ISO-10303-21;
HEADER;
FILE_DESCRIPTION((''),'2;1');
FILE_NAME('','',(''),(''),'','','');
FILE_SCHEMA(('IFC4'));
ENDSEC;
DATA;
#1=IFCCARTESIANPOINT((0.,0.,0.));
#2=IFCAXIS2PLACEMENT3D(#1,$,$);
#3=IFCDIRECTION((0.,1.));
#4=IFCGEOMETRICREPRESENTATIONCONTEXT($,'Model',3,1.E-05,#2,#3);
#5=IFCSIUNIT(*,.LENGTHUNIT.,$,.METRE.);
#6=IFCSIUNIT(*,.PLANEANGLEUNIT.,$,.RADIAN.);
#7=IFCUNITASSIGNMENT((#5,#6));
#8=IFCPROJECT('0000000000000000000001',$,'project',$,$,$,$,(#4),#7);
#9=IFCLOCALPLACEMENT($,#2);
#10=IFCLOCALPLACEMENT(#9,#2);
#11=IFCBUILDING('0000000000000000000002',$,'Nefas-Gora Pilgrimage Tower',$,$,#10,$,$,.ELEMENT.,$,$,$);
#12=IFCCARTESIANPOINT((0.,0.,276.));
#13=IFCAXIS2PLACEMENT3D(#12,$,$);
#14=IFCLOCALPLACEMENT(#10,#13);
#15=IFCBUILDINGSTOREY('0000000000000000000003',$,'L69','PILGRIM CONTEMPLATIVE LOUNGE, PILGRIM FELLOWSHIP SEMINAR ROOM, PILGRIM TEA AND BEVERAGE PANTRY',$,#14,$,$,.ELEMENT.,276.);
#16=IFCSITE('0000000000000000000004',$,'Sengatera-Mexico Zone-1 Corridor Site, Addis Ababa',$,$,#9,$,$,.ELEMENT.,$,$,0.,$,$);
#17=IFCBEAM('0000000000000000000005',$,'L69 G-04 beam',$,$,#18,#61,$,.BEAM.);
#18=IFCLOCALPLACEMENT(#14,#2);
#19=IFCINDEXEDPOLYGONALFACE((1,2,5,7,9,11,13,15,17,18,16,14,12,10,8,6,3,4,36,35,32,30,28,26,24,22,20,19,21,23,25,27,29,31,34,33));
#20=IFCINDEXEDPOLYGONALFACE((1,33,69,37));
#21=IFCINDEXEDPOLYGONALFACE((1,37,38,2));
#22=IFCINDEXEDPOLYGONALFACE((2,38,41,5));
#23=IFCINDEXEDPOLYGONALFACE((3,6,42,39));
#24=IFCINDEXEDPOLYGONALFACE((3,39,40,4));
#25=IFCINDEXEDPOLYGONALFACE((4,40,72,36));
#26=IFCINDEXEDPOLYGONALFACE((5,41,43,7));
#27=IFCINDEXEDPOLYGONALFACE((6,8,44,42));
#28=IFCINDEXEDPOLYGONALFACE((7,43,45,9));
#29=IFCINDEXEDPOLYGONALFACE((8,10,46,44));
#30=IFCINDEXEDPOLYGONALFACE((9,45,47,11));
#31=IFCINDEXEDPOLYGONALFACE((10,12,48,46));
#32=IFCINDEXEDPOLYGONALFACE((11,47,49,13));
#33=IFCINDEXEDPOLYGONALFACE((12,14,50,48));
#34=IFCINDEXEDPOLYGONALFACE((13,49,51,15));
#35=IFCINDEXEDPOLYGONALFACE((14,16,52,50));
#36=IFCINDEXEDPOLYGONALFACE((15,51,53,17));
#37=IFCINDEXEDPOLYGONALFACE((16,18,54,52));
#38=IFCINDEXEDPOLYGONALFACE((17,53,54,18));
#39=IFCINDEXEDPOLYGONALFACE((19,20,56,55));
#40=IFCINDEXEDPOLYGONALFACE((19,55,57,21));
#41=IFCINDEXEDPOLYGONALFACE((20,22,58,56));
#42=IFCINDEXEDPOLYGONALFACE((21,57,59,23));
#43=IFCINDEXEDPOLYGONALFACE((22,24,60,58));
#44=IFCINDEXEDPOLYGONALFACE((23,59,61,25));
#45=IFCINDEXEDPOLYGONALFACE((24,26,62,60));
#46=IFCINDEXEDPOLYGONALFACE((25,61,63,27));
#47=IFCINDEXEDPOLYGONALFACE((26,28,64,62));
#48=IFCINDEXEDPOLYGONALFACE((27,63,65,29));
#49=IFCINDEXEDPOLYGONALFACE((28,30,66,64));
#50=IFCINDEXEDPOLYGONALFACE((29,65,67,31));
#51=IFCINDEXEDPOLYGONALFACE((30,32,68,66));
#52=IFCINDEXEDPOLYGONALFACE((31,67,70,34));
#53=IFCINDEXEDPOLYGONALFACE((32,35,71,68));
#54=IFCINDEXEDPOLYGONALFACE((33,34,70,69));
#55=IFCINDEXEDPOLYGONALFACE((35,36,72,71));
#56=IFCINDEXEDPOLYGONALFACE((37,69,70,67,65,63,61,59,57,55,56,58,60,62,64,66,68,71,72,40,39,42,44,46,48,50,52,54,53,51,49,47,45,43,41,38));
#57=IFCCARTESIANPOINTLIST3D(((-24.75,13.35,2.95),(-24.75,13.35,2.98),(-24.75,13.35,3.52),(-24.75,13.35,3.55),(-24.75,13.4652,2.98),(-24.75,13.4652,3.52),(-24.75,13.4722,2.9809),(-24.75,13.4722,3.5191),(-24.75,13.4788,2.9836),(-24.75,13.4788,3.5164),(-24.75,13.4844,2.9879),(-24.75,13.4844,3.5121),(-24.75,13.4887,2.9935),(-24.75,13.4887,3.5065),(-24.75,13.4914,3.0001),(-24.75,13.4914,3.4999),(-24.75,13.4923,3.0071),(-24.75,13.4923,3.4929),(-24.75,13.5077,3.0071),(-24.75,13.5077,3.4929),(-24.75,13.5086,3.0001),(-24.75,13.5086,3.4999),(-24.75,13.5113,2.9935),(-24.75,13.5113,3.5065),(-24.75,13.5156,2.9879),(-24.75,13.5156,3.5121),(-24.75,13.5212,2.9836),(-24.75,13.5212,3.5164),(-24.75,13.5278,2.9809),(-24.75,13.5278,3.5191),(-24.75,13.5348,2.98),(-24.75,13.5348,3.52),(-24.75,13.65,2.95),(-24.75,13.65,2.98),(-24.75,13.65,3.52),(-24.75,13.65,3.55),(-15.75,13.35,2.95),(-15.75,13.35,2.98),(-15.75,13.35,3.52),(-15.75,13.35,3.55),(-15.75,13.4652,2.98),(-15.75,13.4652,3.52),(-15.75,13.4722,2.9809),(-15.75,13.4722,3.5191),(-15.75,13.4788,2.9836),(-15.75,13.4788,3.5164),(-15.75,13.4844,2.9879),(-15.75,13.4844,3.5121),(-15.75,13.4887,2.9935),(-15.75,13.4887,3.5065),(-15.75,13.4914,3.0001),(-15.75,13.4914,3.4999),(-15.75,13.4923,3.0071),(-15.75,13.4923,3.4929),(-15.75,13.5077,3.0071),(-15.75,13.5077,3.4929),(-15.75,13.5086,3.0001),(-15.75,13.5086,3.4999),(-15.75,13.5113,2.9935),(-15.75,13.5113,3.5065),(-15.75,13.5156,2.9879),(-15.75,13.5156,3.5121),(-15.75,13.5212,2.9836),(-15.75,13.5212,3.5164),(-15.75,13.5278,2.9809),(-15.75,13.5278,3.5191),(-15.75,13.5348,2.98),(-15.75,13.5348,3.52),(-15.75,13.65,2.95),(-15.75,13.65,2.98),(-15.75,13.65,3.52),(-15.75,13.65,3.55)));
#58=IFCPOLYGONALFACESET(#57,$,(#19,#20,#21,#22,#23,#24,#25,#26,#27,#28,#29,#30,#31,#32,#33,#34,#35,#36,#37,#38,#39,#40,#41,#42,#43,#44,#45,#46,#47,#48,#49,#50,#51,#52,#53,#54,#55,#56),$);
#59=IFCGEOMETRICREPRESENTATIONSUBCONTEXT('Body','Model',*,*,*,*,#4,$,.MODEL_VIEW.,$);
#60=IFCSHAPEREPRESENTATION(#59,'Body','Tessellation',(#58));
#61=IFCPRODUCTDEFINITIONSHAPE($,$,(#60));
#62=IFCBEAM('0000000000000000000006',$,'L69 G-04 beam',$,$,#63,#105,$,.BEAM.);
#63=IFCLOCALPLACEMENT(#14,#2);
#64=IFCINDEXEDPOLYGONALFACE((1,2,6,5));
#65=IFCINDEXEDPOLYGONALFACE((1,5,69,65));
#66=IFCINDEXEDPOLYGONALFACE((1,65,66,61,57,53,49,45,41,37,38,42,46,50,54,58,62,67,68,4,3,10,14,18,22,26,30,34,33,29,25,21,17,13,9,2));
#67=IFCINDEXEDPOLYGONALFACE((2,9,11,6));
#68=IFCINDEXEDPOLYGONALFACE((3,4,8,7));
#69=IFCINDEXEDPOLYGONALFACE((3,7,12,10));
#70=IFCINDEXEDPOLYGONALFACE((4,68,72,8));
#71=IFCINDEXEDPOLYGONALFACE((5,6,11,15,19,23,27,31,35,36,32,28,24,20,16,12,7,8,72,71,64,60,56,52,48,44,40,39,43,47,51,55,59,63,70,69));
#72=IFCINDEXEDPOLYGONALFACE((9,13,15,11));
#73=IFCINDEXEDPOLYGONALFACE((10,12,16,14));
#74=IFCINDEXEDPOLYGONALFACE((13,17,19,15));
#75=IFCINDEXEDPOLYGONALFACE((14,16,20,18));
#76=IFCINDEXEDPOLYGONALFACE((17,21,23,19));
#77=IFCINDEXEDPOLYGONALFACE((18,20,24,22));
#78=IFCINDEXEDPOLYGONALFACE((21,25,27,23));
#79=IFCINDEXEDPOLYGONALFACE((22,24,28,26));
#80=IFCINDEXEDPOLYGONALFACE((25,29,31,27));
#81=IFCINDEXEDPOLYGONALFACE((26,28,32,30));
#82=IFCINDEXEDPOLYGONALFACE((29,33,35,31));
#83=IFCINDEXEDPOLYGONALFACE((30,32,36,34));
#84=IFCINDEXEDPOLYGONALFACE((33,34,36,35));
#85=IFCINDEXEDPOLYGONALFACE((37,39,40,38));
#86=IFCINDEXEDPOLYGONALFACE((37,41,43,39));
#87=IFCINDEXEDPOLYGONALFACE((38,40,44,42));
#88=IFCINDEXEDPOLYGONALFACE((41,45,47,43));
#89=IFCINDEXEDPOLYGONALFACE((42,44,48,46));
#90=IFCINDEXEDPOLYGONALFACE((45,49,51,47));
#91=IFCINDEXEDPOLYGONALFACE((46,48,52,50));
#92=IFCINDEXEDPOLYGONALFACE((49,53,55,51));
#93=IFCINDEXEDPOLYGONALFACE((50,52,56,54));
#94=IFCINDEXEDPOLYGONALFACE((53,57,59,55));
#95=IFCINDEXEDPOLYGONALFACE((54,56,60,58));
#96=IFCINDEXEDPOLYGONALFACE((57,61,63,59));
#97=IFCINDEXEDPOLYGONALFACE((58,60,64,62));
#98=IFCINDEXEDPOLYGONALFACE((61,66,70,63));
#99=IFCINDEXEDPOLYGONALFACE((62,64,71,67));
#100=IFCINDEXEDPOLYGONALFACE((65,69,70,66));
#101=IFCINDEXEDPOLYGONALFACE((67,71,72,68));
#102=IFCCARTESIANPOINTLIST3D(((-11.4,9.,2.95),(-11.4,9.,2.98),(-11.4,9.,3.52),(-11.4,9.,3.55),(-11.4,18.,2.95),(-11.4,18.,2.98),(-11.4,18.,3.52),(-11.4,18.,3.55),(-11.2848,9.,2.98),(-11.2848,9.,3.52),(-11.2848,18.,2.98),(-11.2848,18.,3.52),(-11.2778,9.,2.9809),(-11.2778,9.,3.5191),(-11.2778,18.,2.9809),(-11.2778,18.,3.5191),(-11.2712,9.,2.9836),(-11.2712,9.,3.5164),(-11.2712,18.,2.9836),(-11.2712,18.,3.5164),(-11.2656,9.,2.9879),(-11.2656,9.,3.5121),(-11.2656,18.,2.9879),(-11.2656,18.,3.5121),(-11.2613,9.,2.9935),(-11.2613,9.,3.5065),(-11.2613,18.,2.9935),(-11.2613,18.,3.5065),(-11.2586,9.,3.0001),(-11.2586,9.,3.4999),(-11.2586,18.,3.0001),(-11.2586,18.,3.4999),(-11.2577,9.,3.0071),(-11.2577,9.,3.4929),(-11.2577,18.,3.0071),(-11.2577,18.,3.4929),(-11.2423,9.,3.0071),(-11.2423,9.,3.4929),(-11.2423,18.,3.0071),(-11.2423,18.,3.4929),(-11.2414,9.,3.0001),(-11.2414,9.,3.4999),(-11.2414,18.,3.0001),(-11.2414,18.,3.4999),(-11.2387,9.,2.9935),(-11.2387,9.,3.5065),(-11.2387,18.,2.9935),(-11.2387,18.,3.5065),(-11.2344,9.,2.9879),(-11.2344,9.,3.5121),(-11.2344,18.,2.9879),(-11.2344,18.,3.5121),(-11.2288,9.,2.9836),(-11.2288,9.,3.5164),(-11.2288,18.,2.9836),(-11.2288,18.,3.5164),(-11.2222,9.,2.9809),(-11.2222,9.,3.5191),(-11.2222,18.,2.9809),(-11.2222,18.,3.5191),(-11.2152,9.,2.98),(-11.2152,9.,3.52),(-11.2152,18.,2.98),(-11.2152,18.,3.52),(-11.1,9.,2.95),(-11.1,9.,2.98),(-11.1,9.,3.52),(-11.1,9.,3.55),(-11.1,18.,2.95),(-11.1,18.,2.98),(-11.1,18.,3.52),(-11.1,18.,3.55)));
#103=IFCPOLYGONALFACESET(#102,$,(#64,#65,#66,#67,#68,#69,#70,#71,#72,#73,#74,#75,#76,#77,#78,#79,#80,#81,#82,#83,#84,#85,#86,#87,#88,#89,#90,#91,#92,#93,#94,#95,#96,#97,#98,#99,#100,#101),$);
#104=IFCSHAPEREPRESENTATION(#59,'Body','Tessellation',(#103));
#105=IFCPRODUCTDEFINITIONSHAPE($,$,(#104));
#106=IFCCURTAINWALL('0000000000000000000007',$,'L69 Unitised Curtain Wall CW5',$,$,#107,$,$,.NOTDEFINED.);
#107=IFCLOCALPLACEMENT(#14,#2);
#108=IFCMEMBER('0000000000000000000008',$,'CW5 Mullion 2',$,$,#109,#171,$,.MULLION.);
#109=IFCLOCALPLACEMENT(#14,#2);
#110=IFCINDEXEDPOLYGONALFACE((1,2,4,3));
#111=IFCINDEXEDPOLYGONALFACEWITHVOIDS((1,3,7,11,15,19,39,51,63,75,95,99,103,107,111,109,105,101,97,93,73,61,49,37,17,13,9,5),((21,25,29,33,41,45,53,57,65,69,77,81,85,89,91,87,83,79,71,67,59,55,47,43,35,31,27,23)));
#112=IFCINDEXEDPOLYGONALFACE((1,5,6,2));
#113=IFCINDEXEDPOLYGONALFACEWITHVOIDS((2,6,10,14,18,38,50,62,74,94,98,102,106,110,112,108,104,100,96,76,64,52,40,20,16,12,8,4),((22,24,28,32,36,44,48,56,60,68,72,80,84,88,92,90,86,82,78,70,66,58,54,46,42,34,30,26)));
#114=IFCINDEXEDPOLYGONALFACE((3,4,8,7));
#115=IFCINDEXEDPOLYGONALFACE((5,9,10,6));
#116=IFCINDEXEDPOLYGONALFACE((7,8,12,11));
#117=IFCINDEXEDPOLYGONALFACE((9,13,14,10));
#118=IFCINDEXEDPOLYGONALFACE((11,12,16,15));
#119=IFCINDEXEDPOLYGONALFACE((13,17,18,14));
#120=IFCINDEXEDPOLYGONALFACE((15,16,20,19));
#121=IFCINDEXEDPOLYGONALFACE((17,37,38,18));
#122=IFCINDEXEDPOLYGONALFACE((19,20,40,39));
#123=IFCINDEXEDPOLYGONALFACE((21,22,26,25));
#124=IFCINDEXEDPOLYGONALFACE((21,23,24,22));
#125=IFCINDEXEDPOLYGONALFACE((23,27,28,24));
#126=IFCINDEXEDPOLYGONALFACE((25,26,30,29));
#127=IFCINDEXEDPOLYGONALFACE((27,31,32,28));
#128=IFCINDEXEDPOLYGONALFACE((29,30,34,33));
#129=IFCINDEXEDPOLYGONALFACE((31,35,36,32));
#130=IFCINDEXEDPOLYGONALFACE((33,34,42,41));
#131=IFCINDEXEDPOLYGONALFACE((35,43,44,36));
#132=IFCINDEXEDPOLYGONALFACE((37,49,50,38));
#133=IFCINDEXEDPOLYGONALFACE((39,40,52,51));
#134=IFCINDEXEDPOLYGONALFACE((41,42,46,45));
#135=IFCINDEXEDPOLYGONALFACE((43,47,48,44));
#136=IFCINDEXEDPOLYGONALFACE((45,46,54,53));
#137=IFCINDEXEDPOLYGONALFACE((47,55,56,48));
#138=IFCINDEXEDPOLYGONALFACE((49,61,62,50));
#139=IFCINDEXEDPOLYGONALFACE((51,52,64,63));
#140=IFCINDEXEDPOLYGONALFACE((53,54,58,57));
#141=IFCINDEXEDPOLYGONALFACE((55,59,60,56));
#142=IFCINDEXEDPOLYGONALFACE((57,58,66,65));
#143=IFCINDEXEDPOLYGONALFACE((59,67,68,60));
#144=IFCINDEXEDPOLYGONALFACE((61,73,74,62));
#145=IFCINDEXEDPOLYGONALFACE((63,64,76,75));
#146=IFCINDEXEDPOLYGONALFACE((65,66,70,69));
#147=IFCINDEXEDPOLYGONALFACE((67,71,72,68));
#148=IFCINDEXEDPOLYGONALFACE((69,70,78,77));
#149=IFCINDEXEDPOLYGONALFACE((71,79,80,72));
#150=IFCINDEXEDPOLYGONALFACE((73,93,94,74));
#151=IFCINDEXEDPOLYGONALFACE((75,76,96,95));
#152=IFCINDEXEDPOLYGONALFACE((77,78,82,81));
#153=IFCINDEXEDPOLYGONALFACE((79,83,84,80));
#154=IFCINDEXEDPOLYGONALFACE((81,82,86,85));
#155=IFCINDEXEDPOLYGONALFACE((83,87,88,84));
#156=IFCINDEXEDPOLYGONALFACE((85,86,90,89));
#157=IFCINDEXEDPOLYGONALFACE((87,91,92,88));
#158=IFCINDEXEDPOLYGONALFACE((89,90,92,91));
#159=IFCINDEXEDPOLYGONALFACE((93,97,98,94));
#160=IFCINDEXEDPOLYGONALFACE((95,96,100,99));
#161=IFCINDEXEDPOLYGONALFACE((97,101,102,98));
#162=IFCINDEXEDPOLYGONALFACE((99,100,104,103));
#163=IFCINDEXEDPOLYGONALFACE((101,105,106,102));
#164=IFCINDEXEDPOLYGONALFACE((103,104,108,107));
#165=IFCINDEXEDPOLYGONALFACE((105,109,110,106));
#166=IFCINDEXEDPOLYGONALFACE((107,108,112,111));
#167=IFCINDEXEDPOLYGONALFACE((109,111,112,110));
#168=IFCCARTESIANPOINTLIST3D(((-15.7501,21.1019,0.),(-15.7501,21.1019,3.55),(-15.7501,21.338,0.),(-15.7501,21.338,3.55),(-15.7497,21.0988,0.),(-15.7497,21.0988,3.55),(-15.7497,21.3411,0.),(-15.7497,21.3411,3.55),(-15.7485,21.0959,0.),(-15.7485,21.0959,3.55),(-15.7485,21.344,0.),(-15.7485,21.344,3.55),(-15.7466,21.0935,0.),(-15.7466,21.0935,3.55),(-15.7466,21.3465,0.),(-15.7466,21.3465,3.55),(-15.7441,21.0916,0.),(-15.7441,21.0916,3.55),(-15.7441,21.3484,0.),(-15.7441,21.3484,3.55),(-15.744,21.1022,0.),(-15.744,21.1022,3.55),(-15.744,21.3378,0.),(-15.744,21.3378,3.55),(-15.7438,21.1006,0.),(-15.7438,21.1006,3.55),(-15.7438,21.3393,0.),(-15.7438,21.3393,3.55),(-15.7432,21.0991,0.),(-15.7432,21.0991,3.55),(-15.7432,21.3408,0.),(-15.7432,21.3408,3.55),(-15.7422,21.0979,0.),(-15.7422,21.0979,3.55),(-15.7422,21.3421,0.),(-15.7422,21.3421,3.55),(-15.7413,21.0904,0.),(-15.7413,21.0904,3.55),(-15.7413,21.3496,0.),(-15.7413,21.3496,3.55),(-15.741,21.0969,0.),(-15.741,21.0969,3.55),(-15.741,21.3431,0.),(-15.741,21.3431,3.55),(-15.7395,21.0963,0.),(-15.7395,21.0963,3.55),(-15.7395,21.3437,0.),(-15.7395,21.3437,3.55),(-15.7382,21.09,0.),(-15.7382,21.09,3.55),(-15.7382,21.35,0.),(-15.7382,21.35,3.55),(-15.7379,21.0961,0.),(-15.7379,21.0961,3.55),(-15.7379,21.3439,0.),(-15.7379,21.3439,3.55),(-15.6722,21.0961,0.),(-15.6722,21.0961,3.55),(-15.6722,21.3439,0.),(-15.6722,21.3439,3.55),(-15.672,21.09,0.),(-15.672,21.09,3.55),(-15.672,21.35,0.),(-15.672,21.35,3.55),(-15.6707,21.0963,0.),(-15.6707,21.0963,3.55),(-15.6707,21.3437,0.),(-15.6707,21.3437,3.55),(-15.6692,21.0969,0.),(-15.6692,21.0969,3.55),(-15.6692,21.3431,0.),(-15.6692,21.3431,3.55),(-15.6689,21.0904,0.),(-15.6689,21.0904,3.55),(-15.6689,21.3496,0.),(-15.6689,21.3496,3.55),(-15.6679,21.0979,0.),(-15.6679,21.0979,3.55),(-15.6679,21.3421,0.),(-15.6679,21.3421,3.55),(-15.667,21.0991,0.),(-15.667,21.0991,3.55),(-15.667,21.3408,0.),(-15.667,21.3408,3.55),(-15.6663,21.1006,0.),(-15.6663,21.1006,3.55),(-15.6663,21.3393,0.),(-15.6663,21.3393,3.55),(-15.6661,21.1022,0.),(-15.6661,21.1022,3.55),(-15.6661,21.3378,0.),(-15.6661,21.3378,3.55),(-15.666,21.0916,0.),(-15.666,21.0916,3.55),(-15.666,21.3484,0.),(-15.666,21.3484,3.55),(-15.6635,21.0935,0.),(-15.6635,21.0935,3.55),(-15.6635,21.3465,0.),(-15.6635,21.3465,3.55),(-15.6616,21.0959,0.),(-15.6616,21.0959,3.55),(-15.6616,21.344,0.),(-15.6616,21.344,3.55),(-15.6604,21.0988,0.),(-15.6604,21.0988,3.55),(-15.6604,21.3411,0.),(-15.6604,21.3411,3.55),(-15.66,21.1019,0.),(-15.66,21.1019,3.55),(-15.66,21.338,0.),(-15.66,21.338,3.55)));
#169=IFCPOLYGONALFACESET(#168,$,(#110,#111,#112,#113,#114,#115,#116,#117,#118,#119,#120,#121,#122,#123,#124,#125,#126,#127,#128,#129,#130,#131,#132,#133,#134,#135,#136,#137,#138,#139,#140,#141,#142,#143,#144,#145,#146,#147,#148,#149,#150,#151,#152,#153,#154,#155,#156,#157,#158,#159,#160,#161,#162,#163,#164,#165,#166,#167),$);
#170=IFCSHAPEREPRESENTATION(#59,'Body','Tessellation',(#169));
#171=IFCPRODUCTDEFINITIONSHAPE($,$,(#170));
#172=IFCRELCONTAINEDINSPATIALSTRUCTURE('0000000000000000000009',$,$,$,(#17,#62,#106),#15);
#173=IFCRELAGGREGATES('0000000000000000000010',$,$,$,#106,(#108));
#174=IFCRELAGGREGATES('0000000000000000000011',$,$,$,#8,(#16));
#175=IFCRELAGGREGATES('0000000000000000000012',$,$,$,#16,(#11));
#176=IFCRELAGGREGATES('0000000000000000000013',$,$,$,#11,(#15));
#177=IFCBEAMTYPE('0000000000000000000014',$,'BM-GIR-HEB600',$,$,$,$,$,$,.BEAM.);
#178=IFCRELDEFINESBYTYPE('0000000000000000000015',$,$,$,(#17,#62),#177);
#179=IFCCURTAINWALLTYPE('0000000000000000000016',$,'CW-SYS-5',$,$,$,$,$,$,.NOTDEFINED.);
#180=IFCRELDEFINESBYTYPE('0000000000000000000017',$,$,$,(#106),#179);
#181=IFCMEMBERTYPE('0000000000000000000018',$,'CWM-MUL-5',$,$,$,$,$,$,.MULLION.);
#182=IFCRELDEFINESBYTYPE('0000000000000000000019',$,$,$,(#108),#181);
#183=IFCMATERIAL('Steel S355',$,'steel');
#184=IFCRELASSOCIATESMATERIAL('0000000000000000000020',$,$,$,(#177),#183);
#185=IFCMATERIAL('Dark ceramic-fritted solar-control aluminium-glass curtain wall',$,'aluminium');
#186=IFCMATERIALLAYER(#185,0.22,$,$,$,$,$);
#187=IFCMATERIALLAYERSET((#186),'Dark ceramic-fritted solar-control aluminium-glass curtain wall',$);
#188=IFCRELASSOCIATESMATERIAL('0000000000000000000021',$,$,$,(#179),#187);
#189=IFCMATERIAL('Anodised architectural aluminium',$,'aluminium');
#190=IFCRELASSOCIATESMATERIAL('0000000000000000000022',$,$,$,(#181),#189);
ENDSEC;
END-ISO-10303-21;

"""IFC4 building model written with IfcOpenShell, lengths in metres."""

from ifc_helpers import new_model, si_unit, direction, frame, origin, origin_2d, place, context, subcontext, project, spatial, hollow_rectangle, i_section, extrude, source, transform, mapped, material, layer, layer_set, material_profile, profile_set, type_object, element, aggregate, save


model = new_model("IFC4")

# Units and contexts
model_context = context("Model", 3, precision=1e-05, world=origin(), true_north=direction((0.0, 1.0)))
body_context = subcontext(model_context, "Body", "Model", "MODEL_VIEW")
ifc_project = project(units=[si_unit("LENGTHUNIT", "METRE"), si_unit("PLANEANGLEUNIT", "RADIAN")], contexts=[model_context])

# Site, building, storey
site_placement = place(None, origin())
site = spatial("IfcSite", under=ifc_project, at=site_placement, Name="Sengatera-Mexico Zone-1 Corridor Site, Addis Ababa", CompositionType="ELEMENT", RefElevation=0.0)
building_placement = place(site_placement, origin())
building = spatial("IfcBuilding", under=site, at=building_placement, Name="Nefas-Gora Pilgrimage Tower", CompositionType="ELEMENT")
storey_placement = place(building_placement, frame((0.0, 0.0, 276.0)))
storey = spatial("IfcBuildingStorey", under=building, at=storey_placement, Name="L69", Description="PILGRIM CONTEMPLATIVE LOUNGE, PILGRIM FELLOWSHIP SEMINAR ROOM, PILGRIM TEA AND BEVERAGE PANTRY", CompositionType="ELEMENT", Elevation=276.0)

# Shared definitions
ifc_material_1 = material(Name="Steel S355", Category="steel")

# Beams
ifc_material_profile_1 = material_profile(ifc_material_1, i_section(OverallWidth=0.3, OverallDepth=0.6001, WebThickness=0.0154, FlangeThickness=0.03, FilletRadius=0.0271, at=origin_2d()), Name="HEB 600")
ifc_profile_set_1 = profile_set([ifc_material_profile_1], Name="Steel S355")
beam_type = type_object("IfcBeamType", Name="BM-GIR-HEB600", PredefinedType="BEAM", material=ifc_profile_set_1)
shared_shape_1 = source(origin(), body_context, "Body", "SweptSolid", [
    extrude(i_section(OverallWidth=0.3, OverallDepth=0.6001, WebThickness=0.0154, FlangeThickness=0.03, FilletRadius=0.0271, at=origin_2d()), origin(), (0.0, 0.0, 1.0), 9.0),
])
for number, where, z_axis, x_axis, name in (
    (1, (-24.75, 13.5, 3.25), (1.0, 0.0, 0.0), (0.0, 1.0, 0.0), "L69 G-04 beam"),
    (2, (-11.25, 9.0, 3.25), (0.0, 1.0, 0.0), (-1.0, 0.0, 0.0), "L69 G-04 beam"),
):
    element("IfcBeam", number, at=place(storey_placement, frame(where, z_axis=z_axis, x_axis=x_axis)), inside=storey, type_object=beam_type, Name=name, PredefinedType="BEAM", context=body_context, shape_type="MappedRepresentation", body=[
        mapped(shared_shape_1, transform((0.0, 0.0, 0.0), x_axis=(1.0, 0.0, 0.0), y_axis=(0.0, 1.0, 0.0), z_axis=(0.0, 0.0, 1.0), scale=1.0)),
    ])

# Curtain wall, member
ifc_material_2 = material(Name="Dark ceramic-fritted solar-control aluminium-glass curtain wall", Category="aluminium")
ifc_layer_1 = layer(ifc_material_2, 0.22)
ifc_layer_set_1 = layer_set([ifc_layer_1], Name="Dark ceramic-fritted solar-control aluminium-glass curtain wall")
curtain_wall_type_1 = type_object("IfcCurtainWallType", Name="CW-SYS-5", PredefinedType="NOTDEFINED", material=ifc_layer_set_1)
curtain_wall_1_placement = place(storey_placement, origin())
curtain_wall_1 = element("IfcCurtainWall", 3, at=curtain_wall_1_placement, inside=storey, type_object=curtain_wall_type_1, Name="L69 Unitised Curtain Wall CW5", PredefinedType="NOTDEFINED")
ifc_material_3 = material(Name="Anodised architectural aluminium", Category="aluminium")
ifc_material_profile_2 = material_profile(ifc_material_3, hollow_rectangle(XDim=0.0901, YDim=0.26, WallThickness=0.0061, InnerFilletRadius=0.0061, OuterFilletRadius=0.012, at=origin_2d()), Name="ALU MULLION 90x260")
ifc_profile_set_2 = profile_set([ifc_material_profile_2], Name="Anodised architectural aluminium")
member_type_1 = type_object("IfcMemberType", Name="CWM-MUL-5", PredefinedType="MULLION", material=ifc_profile_set_2)
shared_shape_2 = source(origin(), body_context, "Body", "SweptSolid", [
    extrude(hollow_rectangle(XDim=0.0901, YDim=0.26, WallThickness=0.0061, InnerFilletRadius=0.0061, OuterFilletRadius=0.012, at=origin_2d()), origin(), (0.0, 0.0, 1.0), 3.55),
])
member_1_placement = place(storey_placement, frame((-15.7051, 21.22, 0.0), z_axis=(0.0, 0.0, 1.0), x_axis=(-1.0, 0.0, 0.0)))
member_1 = element("IfcMember", 4, at=member_1_placement, type_object=member_type_1, Name="CW5 Mullion 2", PredefinedType="MULLION", context=body_context, shape_type="MappedRepresentation", body=[
    mapped(shared_shape_2, transform((0.0, 0.0, 0.0), x_axis=(1.0, 0.0, 0.0), y_axis=(0.0, 1.0, 0.0), z_axis=(0.0, 0.0, 1.0), scale=1.0)),
])

aggregate(curtain_wall_1, [member_1])

save(model, "model.ifc")
